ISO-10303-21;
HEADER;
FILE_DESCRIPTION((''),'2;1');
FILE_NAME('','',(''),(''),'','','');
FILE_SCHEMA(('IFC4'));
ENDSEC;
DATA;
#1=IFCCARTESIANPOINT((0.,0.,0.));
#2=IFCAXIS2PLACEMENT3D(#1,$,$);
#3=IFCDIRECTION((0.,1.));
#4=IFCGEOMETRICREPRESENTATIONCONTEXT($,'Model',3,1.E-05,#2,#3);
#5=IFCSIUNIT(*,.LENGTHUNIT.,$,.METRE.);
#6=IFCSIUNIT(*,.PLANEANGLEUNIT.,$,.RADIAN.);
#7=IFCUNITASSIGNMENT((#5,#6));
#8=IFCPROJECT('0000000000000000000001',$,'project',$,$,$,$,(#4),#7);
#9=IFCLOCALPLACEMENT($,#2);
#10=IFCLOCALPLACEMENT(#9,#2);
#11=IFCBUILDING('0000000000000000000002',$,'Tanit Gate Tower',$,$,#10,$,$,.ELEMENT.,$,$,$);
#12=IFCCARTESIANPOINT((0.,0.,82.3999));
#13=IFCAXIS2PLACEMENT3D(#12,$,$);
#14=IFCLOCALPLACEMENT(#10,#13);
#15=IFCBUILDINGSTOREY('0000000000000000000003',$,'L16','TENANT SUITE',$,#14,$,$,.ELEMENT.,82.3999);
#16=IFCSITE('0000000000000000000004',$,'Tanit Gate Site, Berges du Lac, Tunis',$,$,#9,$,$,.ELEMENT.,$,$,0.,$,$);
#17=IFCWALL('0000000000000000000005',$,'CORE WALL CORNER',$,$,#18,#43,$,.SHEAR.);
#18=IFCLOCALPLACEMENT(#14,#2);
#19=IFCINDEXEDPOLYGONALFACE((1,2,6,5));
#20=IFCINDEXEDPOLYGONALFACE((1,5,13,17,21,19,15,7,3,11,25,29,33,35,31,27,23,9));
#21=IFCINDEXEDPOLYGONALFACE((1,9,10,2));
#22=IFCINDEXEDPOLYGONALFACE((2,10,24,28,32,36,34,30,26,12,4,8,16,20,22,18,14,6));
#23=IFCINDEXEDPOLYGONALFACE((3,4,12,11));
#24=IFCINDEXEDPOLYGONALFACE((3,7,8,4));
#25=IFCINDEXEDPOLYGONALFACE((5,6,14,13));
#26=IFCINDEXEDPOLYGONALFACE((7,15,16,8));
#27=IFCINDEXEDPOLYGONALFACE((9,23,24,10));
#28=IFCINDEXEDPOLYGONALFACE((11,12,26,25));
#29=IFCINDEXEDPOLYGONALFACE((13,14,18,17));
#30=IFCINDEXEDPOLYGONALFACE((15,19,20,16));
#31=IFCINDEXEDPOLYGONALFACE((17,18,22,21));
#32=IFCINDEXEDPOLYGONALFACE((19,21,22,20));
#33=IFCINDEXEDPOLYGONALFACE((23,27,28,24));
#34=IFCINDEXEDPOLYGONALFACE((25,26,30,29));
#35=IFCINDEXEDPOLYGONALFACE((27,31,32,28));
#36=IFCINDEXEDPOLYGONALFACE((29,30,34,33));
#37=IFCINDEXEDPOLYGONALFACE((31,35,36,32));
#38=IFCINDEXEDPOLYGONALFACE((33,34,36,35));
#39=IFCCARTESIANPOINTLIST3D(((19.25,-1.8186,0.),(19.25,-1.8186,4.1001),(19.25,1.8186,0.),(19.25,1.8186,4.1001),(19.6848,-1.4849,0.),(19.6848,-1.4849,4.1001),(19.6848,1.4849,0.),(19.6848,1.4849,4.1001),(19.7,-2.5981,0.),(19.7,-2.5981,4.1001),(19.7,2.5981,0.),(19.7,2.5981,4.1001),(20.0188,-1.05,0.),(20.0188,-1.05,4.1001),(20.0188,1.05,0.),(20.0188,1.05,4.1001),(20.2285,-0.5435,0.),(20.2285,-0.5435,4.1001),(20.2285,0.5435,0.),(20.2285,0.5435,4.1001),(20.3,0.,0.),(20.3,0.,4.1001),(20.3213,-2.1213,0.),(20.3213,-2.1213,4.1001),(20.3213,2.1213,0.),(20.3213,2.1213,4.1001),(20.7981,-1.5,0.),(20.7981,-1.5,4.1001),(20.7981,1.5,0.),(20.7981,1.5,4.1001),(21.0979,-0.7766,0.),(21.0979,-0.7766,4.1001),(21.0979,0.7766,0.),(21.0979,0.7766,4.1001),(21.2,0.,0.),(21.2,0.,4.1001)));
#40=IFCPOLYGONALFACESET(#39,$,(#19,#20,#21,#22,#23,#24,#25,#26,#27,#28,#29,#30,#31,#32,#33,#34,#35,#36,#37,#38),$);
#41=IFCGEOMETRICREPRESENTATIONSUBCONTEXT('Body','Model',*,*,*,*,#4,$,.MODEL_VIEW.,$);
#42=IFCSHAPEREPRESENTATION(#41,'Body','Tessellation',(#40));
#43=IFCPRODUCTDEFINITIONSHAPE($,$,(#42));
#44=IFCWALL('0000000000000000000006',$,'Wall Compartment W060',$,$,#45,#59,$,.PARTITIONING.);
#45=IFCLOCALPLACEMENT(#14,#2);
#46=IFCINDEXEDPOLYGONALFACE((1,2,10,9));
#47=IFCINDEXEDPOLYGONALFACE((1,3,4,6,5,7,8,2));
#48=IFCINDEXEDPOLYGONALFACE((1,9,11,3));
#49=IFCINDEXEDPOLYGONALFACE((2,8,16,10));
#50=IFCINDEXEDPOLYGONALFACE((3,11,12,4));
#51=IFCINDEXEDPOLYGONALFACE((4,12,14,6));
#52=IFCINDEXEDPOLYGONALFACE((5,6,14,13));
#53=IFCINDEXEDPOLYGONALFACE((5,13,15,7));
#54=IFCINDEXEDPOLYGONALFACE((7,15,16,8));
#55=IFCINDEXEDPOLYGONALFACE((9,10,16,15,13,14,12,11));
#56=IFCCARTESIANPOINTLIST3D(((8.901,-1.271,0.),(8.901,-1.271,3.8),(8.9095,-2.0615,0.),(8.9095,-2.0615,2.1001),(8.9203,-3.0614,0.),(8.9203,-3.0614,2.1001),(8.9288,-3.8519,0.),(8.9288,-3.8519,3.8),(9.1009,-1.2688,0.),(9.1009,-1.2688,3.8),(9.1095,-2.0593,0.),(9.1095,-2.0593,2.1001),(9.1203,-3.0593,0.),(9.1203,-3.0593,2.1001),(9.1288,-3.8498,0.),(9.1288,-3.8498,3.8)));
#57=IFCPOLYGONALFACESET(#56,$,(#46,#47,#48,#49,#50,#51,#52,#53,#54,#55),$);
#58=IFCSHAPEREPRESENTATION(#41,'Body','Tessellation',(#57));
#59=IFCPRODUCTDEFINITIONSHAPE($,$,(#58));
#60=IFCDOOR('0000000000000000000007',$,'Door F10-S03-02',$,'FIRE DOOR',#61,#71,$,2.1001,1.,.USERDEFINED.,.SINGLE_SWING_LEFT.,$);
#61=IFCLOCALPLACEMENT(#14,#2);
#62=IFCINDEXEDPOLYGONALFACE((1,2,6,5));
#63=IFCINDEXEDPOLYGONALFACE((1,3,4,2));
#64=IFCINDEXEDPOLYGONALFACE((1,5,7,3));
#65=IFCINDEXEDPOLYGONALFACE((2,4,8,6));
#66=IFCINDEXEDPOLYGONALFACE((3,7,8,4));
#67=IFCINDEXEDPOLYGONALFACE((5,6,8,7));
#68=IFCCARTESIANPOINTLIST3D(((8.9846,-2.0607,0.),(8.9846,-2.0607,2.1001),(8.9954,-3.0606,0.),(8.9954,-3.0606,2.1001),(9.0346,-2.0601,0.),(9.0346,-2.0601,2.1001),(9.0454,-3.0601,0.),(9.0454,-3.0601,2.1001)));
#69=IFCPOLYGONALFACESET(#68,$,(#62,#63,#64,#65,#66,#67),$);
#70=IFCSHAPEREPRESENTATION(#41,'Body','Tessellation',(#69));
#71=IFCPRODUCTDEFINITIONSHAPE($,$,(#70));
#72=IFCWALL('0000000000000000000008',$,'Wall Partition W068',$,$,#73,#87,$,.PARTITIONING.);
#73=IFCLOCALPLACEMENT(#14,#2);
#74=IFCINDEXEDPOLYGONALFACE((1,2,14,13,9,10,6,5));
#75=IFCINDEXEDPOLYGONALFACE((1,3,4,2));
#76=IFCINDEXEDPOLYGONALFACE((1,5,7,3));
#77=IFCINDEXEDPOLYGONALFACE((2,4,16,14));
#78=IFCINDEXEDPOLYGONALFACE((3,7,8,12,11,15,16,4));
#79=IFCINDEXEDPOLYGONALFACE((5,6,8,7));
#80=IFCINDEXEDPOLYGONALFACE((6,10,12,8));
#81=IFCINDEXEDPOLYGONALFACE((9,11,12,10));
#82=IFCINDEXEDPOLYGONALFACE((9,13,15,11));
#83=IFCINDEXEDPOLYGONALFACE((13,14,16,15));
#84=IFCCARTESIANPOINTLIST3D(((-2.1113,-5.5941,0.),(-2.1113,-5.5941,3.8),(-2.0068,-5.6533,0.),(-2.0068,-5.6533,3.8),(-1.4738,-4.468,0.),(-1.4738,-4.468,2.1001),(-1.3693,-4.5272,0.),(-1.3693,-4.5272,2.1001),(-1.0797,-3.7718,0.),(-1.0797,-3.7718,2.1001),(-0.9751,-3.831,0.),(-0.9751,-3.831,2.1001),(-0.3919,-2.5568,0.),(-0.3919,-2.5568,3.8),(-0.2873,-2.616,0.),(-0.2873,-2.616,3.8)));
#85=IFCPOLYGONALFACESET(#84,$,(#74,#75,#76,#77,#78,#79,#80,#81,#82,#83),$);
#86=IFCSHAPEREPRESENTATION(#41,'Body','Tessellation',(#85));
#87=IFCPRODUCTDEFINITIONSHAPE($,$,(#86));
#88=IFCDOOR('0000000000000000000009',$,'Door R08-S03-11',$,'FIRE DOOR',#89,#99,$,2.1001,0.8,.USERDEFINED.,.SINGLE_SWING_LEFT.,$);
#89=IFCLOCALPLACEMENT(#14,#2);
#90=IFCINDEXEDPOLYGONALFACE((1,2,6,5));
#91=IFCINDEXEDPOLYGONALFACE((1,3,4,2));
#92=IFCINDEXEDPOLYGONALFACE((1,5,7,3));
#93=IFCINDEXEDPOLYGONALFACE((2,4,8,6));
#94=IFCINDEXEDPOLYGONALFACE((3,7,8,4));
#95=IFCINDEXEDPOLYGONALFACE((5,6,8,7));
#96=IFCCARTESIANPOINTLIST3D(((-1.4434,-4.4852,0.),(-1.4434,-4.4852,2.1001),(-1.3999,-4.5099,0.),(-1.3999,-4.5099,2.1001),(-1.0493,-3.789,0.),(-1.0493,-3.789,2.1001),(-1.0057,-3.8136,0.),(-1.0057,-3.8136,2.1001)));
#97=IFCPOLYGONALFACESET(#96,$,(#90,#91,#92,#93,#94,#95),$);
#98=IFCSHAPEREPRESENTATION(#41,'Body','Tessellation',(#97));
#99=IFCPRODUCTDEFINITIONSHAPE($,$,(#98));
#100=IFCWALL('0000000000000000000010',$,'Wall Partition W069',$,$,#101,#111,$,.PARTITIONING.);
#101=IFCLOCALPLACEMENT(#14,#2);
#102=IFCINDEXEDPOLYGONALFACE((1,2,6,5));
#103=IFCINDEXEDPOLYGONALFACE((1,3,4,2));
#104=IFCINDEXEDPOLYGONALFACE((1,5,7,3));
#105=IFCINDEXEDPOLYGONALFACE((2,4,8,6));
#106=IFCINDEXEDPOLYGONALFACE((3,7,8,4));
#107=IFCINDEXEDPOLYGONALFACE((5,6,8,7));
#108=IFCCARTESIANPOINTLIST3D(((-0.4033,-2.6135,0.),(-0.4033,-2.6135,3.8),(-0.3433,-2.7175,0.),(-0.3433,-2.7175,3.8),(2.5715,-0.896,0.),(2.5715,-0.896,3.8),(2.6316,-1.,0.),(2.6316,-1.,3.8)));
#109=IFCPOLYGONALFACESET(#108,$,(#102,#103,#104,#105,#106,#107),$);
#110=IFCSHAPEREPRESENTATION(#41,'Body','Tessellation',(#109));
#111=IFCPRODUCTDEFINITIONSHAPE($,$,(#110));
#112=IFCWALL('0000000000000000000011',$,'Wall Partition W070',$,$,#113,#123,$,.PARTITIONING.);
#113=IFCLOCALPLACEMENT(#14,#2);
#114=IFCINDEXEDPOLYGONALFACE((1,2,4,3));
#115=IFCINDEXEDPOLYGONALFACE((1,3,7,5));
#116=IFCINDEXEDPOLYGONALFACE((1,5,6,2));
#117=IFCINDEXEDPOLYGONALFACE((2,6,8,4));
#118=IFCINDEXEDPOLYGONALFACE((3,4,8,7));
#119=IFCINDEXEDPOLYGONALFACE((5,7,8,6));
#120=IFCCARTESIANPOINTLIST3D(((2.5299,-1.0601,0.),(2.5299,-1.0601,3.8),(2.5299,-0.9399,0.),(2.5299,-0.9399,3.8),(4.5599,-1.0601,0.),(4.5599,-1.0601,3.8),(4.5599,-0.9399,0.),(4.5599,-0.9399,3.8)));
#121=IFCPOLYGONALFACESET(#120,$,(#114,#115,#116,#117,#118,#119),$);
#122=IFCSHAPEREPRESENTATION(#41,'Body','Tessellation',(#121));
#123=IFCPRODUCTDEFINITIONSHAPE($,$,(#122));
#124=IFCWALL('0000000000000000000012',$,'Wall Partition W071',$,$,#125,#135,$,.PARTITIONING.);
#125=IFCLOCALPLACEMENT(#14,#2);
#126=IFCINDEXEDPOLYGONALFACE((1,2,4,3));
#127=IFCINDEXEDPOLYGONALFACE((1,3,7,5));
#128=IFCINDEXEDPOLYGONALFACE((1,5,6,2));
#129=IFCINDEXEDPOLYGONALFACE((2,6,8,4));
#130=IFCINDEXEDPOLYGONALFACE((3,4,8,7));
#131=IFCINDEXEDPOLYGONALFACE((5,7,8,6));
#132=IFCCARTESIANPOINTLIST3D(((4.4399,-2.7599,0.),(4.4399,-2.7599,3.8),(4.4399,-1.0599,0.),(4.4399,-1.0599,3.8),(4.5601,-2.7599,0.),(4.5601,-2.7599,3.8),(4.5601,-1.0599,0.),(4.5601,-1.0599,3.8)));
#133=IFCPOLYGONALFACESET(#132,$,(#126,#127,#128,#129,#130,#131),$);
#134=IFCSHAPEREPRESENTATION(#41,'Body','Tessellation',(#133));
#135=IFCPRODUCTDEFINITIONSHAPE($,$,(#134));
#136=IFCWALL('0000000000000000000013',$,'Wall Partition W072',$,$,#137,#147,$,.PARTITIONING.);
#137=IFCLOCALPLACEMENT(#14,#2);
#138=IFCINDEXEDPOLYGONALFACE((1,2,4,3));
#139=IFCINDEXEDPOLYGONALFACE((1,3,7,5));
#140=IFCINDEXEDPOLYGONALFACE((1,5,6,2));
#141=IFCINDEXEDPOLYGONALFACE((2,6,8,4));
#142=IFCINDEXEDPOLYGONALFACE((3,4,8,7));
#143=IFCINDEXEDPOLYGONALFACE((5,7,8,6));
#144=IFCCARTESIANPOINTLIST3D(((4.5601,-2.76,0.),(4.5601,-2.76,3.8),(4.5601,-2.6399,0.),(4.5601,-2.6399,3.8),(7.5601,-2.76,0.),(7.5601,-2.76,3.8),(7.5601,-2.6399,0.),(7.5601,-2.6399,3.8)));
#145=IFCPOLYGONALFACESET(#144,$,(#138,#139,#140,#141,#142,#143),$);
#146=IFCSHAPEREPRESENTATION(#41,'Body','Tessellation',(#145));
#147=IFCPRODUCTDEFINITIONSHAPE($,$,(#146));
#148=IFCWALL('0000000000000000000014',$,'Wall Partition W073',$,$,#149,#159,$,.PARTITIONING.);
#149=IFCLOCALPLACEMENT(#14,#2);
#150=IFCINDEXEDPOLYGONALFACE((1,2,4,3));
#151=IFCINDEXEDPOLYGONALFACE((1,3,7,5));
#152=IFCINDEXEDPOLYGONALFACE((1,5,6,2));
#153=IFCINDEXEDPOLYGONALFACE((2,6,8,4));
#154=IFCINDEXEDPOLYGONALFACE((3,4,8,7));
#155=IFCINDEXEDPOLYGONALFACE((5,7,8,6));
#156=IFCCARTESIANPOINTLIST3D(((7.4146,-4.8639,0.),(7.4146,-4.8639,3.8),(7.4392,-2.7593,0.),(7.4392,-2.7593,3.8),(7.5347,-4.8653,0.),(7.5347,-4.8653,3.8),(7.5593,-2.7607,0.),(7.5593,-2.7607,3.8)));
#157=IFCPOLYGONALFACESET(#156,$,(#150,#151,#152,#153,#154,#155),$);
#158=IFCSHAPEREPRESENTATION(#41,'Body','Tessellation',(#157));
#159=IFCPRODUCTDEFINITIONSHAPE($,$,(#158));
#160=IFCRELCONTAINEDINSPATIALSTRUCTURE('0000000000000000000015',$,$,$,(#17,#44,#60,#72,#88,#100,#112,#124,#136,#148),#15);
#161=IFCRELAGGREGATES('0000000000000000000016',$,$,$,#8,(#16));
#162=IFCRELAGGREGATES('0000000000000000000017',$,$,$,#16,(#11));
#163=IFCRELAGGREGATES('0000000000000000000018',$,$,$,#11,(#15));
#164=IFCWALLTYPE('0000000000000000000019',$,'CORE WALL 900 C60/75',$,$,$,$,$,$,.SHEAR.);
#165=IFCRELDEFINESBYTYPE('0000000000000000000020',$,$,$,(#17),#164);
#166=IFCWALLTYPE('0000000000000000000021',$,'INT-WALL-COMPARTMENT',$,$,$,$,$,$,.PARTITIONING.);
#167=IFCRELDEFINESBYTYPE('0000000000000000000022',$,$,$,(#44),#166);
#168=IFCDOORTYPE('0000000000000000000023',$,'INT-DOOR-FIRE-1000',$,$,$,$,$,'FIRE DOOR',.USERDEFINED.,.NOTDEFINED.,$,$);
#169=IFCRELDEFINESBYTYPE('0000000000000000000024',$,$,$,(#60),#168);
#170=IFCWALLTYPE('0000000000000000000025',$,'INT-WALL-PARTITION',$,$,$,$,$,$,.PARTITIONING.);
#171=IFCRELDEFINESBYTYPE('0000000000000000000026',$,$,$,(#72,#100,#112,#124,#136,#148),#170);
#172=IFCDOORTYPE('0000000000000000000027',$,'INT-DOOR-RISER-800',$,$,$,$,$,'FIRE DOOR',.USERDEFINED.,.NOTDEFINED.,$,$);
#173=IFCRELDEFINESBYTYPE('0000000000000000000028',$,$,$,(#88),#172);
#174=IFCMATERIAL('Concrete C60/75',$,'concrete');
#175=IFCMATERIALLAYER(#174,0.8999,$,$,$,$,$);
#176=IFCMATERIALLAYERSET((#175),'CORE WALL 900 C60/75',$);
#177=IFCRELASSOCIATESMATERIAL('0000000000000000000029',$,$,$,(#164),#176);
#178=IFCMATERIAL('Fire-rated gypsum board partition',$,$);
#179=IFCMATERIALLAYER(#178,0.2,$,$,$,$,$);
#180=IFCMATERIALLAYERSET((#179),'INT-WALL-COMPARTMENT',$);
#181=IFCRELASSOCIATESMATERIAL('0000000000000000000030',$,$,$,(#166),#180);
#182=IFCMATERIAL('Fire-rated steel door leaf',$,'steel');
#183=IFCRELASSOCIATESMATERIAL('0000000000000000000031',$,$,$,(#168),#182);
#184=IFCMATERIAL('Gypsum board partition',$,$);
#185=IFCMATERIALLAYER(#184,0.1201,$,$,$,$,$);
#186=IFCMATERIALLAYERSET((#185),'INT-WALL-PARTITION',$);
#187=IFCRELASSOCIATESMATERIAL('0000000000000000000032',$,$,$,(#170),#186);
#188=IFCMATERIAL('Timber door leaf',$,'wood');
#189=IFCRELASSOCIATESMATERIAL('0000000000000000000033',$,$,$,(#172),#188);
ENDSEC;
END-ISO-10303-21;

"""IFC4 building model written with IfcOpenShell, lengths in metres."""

from ifc_helpers import new_model, si_unit, direction, frame, frame_2d, origin, place, context, subcontext, project, spatial, polyline, rectangle, outline, extrude, material, layer, layer_set, type_object, element, fill, save


model = new_model("IFC4")

# Units and contexts
model_context = context("Model", 3, precision=1e-05, world=origin(), true_north=direction((0.0, 1.0)))
body_context = subcontext(model_context, "Body", "Model", "MODEL_VIEW")
ifc_project = project(units=[si_unit("LENGTHUNIT", "METRE"), si_unit("PLANEANGLEUNIT", "RADIAN")], contexts=[model_context])

# Site, building, storey
site_placement = place(None, origin())
site = spatial("IfcSite", under=ifc_project, at=site_placement, Name="Tanit Gate Site, Berges du Lac, Tunis", CompositionType="ELEMENT", RefElevation=0.0)
building_placement = place(site_placement, origin())
building = spatial("IfcBuilding", under=site, at=building_placement, Name="Tanit Gate Tower", CompositionType="ELEMENT")
storey_placement = place(building_placement, frame((0.0, 0.0, 82.3999)))
storey = spatial("IfcBuildingStorey", under=building, at=storey_placement, Name="L16", Description="TENANT SUITE", CompositionType="ELEMENT", Elevation=82.3999)

# Wall
ifc_material_1 = material(Name="Concrete C60/75", Category="concrete")
ifc_layer_1 = layer(ifc_material_1, 0.8999)
ifc_layer_set_1 = layer_set([ifc_layer_1], Name="CORE WALL 900 C60/75")
wall_type_1 = type_object("IfcWallType", Name="CORE WALL 900 C60/75", PredefinedType="SHEAR", material=ifc_layer_set_1)
wall_1_placement = place(storey_placement, origin())
element("IfcWall", 1, at=wall_1_placement, inside=storey, type_object=wall_type_1, Name="CORE WALL CORNER", PredefinedType="SHEAR", context=body_context, shape_type="SweptSolid", body=[
    extrude(outline(polyline([(19.7, -2.5981), (20.3213, -2.1213), (20.7981, -1.5), (21.0979, -0.7766), (21.2, 0.0), (21.0979, 0.7766), (20.7981, 1.5), (20.3213, 2.1213), (19.7, 2.5981), (19.25, 1.8186), (19.6848, 1.4849), (20.0188, 1.05), (20.2285, 0.5435), (20.3, 0.0), (20.2285, -0.5435), (20.0188, -1.05), (19.6848, -1.4849), (19.25, -1.8186), (19.7, -2.5981)])), origin(), (0.0, 0.0, 1.0), 4.1001),
])

# Walls, openings, doors
ifc_material_2 = material(Name="Fire-rated gypsum board partition")
ifc_layer_2 = layer(ifc_material_2, 0.2)
ifc_layer_set_2 = layer_set([ifc_layer_2], Name="INT-WALL-COMPARTMENT")
wall_type_2 = type_object("IfcWallType", Name="INT-WALL-COMPARTMENT", PredefinedType="PARTITIONING", material=ifc_layer_set_2)
wall_2_placement = place(storey_placement, frame((9.0288, -3.8508, 0.0), z_axis=(0.0, 0.0, 1.0), x_axis=(-0.010784, 0.999942, 0.0)))
wall_2 = element("IfcWall", 2, at=wall_2_placement, inside=storey, type_object=wall_type_2, Name="Wall Compartment W060", PredefinedType="PARTITIONING", context=body_context, shape_type="SweptSolid", body=[
    extrude(rectangle(XDim=2.5811, YDim=0.2, at=frame_2d((1.2905, 0.0))), origin(), (0.0, 0.0, 1.0), 3.8),
])
opening_1_placement = place(wall_2_placement, frame((0.7905, 0.0, 0.0)))
opening_1 = element("IfcOpeningElement", 3, at=opening_1_placement, cuts=wall_2, PredefinedType="OPENING", context=body_context, shape_type="SweptSolid", body=[
    extrude(rectangle(XDim=1.0, YDim=2.1001, at=frame_2d((0.5, 1.05))), frame((0.0, 0.1099, 0.0), z_axis=(0.0, -1.0, 0.0), x_axis=(1.0, 0.0, 0.0)), (0.0, 0.0, 1.0), 0.22),
])
ifc_material_3 = material(Name="Fire-rated steel door leaf", Category="steel")
door_type_1 = type_object("IfcDoorType", Name="INT-DOOR-FIRE-1000", ElementType="FIRE DOOR", OperationType="NOTDEFINED", PredefinedType="USERDEFINED", material=ifc_material_3)
door_1_placement = place(opening_1_placement, origin())
door_1 = element("IfcDoor", 4, at=door_1_placement, inside=storey, type_object=door_type_1, Name="Door F10-S03-02", ObjectType="FIRE DOOR", OperationType="SINGLE_SWING_LEFT", OverallHeight=2.1001, OverallWidth=1.0, PredefinedType="USERDEFINED", context=body_context, shape_type="SweptSolid", body=[
    extrude(rectangle(XDim=1.0, YDim=2.1001, at=frame_2d((0.5, 1.05))), frame((0.0, 0.0249, 0.0), z_axis=(0.0, -1.0, 0.0), x_axis=(1.0, 0.0, 0.0)), (0.0, 0.0, 1.0), 0.05),
])
fill(opening_1, door_1)
ifc_material_4 = material(Name="Gypsum board partition")
ifc_layer_3 = layer(ifc_material_4, 0.1201)
ifc_layer_set_3 = layer_set([ifc_layer_3], Name="INT-WALL-PARTITION")
wall_type_3 = type_object("IfcWallType", Name="INT-WALL-PARTITION", PredefinedType="PARTITIONING", material=ifc_layer_set_3)
wall_3_placement = place(storey_placement, frame((-0.3396, -2.5864, 0.0), z_axis=(0.0, 0.0, 1.0), x_axis=(-0.492647, -0.870229, 0.0)))
wall_3 = element("IfcWall", 5, at=wall_3_placement, inside=storey, type_object=wall_type_3, Name="Wall Partition W068", PredefinedType="PARTITIONING", context=body_context, shape_type="SweptSolid", body=[
    extrude(rectangle(XDim=3.4902, YDim=0.1201, at=frame_2d((1.7451, 0.0))), origin(), (0.0, 0.0, 1.0), 3.8),
])
opening_2_placement = place(wall_3_placement, frame((1.3962, 0.0, 0.0)))
opening_2 = element("IfcOpeningElement", 6, at=opening_2_placement, cuts=wall_3, PredefinedType="OPENING", context=body_context, shape_type="SweptSolid", body=[
    extrude(rectangle(XDim=0.8, YDim=2.1001, at=frame_2d((0.3999, 1.05))), frame((0.0, 0.0701, 0.0), z_axis=(0.0, -1.0, 0.0), x_axis=(1.0, 0.0, 0.0)), (0.0, 0.0, 1.0), 0.1401),
])
ifc_material_5 = material(Name="Timber door leaf", Category="wood")
door_type_2 = type_object("IfcDoorType", Name="INT-DOOR-RISER-800", ElementType="FIRE DOOR", OperationType="NOTDEFINED", PredefinedType="USERDEFINED", material=ifc_material_5)
door_2_placement = place(opening_2_placement, origin())
door_2 = element("IfcDoor", 7, at=door_2_placement, inside=storey, type_object=door_type_2, Name="Door R08-S03-11", ObjectType="FIRE DOOR", OperationType="SINGLE_SWING_LEFT", OverallHeight=2.1001, OverallWidth=0.8, PredefinedType="USERDEFINED", context=body_context, shape_type="SweptSolid", body=[
    extrude(rectangle(XDim=0.8, YDim=2.1001, at=frame_2d((0.3999, 1.05))), frame((0.0, 0.0249, 0.0), z_axis=(0.0, -1.0, 0.0), x_axis=(1.0, 0.0, 0.0)), (0.0, 0.0, 1.0), 0.05),
])
fill(opening_2, door_2)

# Walls
wall_4_placement = place(storey_placement, frame((2.6016, -0.948, 0.0), z_axis=(0.0, 0.0, 1.0), x_axis=(-0.866026, -0.499999, 0.0)))
element("IfcWall", 8, at=wall_4_placement, inside=storey, type_object=wall_type_3, Name="Wall Partition W069", PredefinedType="PARTITIONING", context=body_context, shape_type="SweptSolid", body=[
    extrude(rectangle(XDim=3.4351, YDim=0.1201, at=frame_2d((1.7175, 0.0))), origin(), (0.0, 0.0, 1.0), 3.8),
])
wall_5_placement = place(storey_placement, frame((4.5601, -1.0, 0.0), z_axis=(0.0, 0.0, 1.0), x_axis=(-1.0, 0.0, 0.0)))
element("IfcWall", 9, at=wall_5_placement, inside=storey, type_object=wall_type_3, Name="Wall Partition W070", PredefinedType="PARTITIONING", context=body_context, shape_type="SweptSolid", body=[
    extrude(rectangle(XDim=2.03, YDim=0.1201, at=frame_2d((1.0151, 0.0))), origin(), (0.0, 0.0, 1.0), 3.8),
])
wall_6_placement = place(storey_placement, frame((4.5, -2.76, 0.0), z_axis=(0.0, 0.0, 1.0), x_axis=(0.0, 1.0, 0.0)))
element("IfcWall", 10, at=wall_6_placement, inside=storey, type_object=wall_type_3, Name="Wall Partition W071", PredefinedType="PARTITIONING", context=body_context, shape_type="SweptSolid", body=[
    extrude(rectangle(XDim=1.7, YDim=0.1201, at=frame_2d((0.8501, 0.0))), origin(), (0.0, 0.0, 1.0), 3.8),
])
wall_7_placement = place(storey_placement, frame((7.5601, -2.7, 0.0), z_axis=(0.0, 0.0, 1.0), x_axis=(-1.0, 0.0, 0.0)))
element("IfcWall", 11, at=wall_7_placement, inside=storey, type_object=wall_type_3, Name="Wall Partition W072", PredefinedType="PARTITIONING", context=body_context, shape_type="SweptSolid", body=[
    extrude(rectangle(XDim=3.0, YDim=0.1201, at=frame_2d((1.5, 0.0))), origin(), (0.0, 0.0, 1.0), 3.8),
])
wall_8_placement = place(storey_placement, frame((7.4746, -4.8645, 0.0), z_axis=(0.0, 0.0, 1.0), x_axis=(0.011716, 0.999931, 0.0)))
element("IfcWall", 12, at=wall_8_placement, inside=storey, type_object=wall_type_3, Name="Wall Partition W073", PredefinedType="PARTITIONING", context=body_context, shape_type="SweptSolid", body=[
    extrude(rectangle(XDim=2.1047, YDim=0.1201, at=frame_2d((1.0522, 0.0))), origin(), (0.0, 0.0, 1.0), 3.8),
])

save(model, "model.ifc")
